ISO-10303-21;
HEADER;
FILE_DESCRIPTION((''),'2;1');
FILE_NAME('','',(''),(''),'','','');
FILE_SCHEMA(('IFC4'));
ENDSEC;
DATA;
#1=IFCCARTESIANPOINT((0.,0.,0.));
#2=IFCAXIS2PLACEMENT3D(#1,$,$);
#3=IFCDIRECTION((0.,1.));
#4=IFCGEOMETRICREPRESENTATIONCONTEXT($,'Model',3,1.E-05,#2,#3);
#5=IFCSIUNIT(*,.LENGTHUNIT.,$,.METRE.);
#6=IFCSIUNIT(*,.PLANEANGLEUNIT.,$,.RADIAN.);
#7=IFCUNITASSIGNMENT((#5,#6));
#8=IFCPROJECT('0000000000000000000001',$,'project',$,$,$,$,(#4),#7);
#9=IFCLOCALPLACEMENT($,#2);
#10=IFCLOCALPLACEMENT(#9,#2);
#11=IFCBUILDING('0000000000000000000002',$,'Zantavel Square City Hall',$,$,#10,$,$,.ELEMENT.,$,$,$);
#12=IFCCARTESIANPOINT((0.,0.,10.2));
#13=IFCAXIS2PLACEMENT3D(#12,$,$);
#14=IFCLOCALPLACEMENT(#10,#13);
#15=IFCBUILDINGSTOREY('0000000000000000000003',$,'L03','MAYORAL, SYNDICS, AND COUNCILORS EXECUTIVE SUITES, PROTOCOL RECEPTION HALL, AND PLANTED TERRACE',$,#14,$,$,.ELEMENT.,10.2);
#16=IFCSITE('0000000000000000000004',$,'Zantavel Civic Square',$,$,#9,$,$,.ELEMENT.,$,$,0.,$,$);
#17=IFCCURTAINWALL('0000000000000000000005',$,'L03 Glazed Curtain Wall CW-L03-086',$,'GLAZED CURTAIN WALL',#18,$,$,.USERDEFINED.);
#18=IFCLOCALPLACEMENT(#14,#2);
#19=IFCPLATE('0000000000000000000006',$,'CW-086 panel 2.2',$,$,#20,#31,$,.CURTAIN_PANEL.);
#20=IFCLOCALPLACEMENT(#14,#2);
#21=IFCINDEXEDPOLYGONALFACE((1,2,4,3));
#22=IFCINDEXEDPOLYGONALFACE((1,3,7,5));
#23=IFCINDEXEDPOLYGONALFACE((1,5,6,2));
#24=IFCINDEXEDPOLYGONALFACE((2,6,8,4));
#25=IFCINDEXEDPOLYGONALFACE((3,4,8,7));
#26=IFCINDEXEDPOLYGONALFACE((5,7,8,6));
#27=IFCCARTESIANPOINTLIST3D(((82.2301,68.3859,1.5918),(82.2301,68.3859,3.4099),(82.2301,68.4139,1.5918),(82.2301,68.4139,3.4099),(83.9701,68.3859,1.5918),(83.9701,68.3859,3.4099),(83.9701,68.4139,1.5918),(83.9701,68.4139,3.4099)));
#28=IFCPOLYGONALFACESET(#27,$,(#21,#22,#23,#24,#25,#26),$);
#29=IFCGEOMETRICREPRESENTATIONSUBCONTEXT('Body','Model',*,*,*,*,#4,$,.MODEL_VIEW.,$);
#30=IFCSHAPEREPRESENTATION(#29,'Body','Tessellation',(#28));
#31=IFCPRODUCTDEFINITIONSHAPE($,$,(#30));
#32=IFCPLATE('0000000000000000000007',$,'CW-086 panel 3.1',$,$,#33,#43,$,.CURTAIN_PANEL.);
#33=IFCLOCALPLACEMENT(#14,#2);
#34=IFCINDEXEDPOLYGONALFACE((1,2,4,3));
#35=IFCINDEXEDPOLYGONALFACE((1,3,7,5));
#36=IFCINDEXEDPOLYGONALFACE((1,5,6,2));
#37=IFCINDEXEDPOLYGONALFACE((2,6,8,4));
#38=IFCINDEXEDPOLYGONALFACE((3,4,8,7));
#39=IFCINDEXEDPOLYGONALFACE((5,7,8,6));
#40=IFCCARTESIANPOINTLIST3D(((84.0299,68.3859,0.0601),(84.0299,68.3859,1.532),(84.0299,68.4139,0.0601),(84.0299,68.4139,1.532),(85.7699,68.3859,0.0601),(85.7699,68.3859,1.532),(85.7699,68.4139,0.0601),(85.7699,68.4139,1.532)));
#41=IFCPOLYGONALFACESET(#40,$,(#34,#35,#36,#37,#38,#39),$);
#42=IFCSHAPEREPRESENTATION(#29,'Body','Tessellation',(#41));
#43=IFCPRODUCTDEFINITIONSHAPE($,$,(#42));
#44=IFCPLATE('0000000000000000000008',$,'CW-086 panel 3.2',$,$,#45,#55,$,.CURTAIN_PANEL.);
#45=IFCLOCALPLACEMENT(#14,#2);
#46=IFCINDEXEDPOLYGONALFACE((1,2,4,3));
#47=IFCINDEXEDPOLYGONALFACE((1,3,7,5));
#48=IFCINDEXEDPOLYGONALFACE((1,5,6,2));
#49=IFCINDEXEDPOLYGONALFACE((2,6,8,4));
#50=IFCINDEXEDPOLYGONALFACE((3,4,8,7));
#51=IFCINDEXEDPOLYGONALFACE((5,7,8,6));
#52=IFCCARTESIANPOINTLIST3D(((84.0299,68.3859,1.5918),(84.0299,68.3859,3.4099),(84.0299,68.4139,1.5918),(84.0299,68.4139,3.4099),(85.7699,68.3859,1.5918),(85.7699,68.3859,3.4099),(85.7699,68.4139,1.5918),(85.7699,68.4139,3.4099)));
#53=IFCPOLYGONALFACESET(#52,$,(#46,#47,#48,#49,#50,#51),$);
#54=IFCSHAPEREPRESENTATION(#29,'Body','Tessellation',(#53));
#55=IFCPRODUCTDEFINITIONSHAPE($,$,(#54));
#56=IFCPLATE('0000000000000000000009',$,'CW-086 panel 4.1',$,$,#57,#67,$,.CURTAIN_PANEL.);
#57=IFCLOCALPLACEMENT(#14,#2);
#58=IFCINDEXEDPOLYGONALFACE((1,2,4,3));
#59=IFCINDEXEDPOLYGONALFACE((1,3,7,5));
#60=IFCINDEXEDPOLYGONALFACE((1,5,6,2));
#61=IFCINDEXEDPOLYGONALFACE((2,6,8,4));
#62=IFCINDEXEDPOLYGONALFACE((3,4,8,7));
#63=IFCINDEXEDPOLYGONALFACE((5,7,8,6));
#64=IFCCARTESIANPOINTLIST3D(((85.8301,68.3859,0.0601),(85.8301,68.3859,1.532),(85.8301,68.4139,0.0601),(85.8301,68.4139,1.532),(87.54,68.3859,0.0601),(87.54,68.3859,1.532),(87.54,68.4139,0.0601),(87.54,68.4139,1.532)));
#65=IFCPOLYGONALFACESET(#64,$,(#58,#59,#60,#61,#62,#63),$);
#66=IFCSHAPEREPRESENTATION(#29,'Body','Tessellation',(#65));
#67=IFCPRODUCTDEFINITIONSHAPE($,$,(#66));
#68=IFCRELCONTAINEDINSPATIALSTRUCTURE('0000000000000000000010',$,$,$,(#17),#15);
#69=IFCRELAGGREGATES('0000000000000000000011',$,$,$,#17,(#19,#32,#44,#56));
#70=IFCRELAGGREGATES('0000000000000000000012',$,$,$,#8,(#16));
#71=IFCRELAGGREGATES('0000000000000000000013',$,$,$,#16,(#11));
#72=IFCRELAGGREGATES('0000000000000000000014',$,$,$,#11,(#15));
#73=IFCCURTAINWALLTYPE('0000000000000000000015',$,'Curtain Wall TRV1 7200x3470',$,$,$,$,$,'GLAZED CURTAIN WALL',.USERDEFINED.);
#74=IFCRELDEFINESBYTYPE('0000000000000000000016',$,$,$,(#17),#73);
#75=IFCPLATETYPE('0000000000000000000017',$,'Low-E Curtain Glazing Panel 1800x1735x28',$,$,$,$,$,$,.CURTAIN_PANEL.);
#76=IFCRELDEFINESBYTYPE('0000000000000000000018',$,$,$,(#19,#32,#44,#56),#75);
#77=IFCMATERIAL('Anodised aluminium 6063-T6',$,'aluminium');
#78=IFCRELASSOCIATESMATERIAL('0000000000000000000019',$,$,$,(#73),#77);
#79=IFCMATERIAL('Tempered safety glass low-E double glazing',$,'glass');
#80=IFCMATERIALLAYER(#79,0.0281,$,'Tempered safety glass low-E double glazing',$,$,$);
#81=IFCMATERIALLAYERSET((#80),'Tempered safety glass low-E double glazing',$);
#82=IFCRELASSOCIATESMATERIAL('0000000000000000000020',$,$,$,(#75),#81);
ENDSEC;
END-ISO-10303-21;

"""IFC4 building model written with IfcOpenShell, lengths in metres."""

from ifc_helpers import new_model, si_unit, direction, frame, origin, origin_2d, place, context, subcontext, project, spatial, rectangle, extrude, material, layer, layer_set, type_object, element, aggregate, save


model = new_model("IFC4")

# Units and contexts
model_context = context("Model", 3, precision=1e-05, world=origin(), true_north=direction((0.0, 1.0)))
body_context = subcontext(model_context, "Body", "Model", "MODEL_VIEW")
ifc_project = project(units=[si_unit("LENGTHUNIT", "METRE"), si_unit("PLANEANGLEUNIT", "RADIAN")], contexts=[model_context])

# Site, building, storey
site_placement = place(None, origin())
site = spatial("IfcSite", under=ifc_project, at=site_placement, Name="Zantavel Civic Square", CompositionType="ELEMENT", RefElevation=0.0)
building_placement = place(site_placement, origin())
building = spatial("IfcBuilding", under=site, at=building_placement, Name="Zantavel Square City Hall", CompositionType="ELEMENT")
storey_placement = place(building_placement, frame((0.0, 0.0, 10.2)))
storey = spatial("IfcBuildingStorey", under=building, at=storey_placement, Name="L03", Description="MAYORAL, SYNDICS, AND COUNCILORS EXECUTIVE SUITES, PROTOCOL RECEPTION HALL, AND PLANTED TERRACE", CompositionType="ELEMENT", Elevation=10.2)

# Curtain wall
ifc_material_1 = material(Name="Anodised aluminium 6063-T6", Category="aluminium")
curtain_wall_type = type_object("IfcCurtainWallType", Name="Curtain Wall TRV1 7200x3470", ElementType="GLAZED CURTAIN WALL", PredefinedType="USERDEFINED", material=ifc_material_1)
curtain_wall_placement = place(storey_placement, origin())
curtain_wall = element("IfcCurtainWall", 1, at=curtain_wall_placement, inside=storey, type_object=curtain_wall_type, Name="L03 Glazed Curtain Wall CW-L03-086", ObjectType="GLAZED CURTAIN WALL", PredefinedType="USERDEFINED")

# Plates
ifc_material_2 = material(Name="Tempered safety glass low-E double glazing", Category="glass")
ifc_layer = layer(ifc_material_2, 0.0281, Name="Tempered safety glass low-E double glazing")
ifc_layer_set = layer_set([ifc_layer], Name="Tempered safety glass low-E double glazing")
plate_type = type_object("IfcPlateType", Name="Low-E Curtain Glazing Panel 1800x1735x28", PredefinedType="CURTAIN_PANEL", material=ifc_layer_set)
plate_1_placement = place(storey_placement, frame((83.1001, 68.3999, 1.5918), z_axis=(0.0, 0.0, 1.0), x_axis=(1.0, 0.0, 0.0)))
plate_1 = element("IfcPlate", 2, at=plate_1_placement, type_object=plate_type, Name="CW-086 panel 2.2", PredefinedType="CURTAIN_PANEL", context=body_context, shape_type="SweptSolid", body=[
    extrude(rectangle(XDim=1.74, YDim=0.0281, at=origin_2d()), origin(), (0.0, 0.0, 1.0), 1.8181),
])
plate_2_placement = place(storey_placement, frame((84.8999, 68.3999, 0.0601), z_axis=(0.0, 0.0, 1.0), x_axis=(1.0, 0.0, 0.0)))
plate_2 = element("IfcPlate", 3, at=plate_2_placement, type_object=plate_type, Name="CW-086 panel 3.1", PredefinedType="CURTAIN_PANEL", context=body_context, shape_type="SweptSolid", body=[
    extrude(rectangle(XDim=1.74, YDim=0.0281, at=origin_2d()), origin(), (0.0, 0.0, 1.0), 1.4719),
])
plate_3_placement = place(storey_placement, frame((84.8999, 68.3999, 1.5918), z_axis=(0.0, 0.0, 1.0), x_axis=(1.0, 0.0, 0.0)))
plate_3 = element("IfcPlate", 4, at=plate_3_placement, type_object=plate_type, Name="CW-086 panel 3.2", PredefinedType="CURTAIN_PANEL", context=body_context, shape_type="SweptSolid", body=[
    extrude(rectangle(XDim=1.74, YDim=0.0281, at=origin_2d()), origin(), (0.0, 0.0, 1.0), 1.8181),
])
plate_4_placement = place(storey_placement, frame((86.6851, 68.3999, 0.0601), z_axis=(0.0, 0.0, 1.0), x_axis=(1.0, 0.0, 0.0)))
plate_4 = element("IfcPlate", 5, at=plate_4_placement, type_object=plate_type, Name="CW-086 panel 4.1", PredefinedType="CURTAIN_PANEL", context=body_context, shape_type="SweptSolid", body=[
    extrude(rectangle(XDim=1.71, YDim=0.0281, at=origin_2d()), origin(), (0.0, 0.0, 1.0), 1.4719),
])
aggregate(curtain_wall, [plate_1, plate_2, plate_3, plate_4])

save(model, "model.ifc")
